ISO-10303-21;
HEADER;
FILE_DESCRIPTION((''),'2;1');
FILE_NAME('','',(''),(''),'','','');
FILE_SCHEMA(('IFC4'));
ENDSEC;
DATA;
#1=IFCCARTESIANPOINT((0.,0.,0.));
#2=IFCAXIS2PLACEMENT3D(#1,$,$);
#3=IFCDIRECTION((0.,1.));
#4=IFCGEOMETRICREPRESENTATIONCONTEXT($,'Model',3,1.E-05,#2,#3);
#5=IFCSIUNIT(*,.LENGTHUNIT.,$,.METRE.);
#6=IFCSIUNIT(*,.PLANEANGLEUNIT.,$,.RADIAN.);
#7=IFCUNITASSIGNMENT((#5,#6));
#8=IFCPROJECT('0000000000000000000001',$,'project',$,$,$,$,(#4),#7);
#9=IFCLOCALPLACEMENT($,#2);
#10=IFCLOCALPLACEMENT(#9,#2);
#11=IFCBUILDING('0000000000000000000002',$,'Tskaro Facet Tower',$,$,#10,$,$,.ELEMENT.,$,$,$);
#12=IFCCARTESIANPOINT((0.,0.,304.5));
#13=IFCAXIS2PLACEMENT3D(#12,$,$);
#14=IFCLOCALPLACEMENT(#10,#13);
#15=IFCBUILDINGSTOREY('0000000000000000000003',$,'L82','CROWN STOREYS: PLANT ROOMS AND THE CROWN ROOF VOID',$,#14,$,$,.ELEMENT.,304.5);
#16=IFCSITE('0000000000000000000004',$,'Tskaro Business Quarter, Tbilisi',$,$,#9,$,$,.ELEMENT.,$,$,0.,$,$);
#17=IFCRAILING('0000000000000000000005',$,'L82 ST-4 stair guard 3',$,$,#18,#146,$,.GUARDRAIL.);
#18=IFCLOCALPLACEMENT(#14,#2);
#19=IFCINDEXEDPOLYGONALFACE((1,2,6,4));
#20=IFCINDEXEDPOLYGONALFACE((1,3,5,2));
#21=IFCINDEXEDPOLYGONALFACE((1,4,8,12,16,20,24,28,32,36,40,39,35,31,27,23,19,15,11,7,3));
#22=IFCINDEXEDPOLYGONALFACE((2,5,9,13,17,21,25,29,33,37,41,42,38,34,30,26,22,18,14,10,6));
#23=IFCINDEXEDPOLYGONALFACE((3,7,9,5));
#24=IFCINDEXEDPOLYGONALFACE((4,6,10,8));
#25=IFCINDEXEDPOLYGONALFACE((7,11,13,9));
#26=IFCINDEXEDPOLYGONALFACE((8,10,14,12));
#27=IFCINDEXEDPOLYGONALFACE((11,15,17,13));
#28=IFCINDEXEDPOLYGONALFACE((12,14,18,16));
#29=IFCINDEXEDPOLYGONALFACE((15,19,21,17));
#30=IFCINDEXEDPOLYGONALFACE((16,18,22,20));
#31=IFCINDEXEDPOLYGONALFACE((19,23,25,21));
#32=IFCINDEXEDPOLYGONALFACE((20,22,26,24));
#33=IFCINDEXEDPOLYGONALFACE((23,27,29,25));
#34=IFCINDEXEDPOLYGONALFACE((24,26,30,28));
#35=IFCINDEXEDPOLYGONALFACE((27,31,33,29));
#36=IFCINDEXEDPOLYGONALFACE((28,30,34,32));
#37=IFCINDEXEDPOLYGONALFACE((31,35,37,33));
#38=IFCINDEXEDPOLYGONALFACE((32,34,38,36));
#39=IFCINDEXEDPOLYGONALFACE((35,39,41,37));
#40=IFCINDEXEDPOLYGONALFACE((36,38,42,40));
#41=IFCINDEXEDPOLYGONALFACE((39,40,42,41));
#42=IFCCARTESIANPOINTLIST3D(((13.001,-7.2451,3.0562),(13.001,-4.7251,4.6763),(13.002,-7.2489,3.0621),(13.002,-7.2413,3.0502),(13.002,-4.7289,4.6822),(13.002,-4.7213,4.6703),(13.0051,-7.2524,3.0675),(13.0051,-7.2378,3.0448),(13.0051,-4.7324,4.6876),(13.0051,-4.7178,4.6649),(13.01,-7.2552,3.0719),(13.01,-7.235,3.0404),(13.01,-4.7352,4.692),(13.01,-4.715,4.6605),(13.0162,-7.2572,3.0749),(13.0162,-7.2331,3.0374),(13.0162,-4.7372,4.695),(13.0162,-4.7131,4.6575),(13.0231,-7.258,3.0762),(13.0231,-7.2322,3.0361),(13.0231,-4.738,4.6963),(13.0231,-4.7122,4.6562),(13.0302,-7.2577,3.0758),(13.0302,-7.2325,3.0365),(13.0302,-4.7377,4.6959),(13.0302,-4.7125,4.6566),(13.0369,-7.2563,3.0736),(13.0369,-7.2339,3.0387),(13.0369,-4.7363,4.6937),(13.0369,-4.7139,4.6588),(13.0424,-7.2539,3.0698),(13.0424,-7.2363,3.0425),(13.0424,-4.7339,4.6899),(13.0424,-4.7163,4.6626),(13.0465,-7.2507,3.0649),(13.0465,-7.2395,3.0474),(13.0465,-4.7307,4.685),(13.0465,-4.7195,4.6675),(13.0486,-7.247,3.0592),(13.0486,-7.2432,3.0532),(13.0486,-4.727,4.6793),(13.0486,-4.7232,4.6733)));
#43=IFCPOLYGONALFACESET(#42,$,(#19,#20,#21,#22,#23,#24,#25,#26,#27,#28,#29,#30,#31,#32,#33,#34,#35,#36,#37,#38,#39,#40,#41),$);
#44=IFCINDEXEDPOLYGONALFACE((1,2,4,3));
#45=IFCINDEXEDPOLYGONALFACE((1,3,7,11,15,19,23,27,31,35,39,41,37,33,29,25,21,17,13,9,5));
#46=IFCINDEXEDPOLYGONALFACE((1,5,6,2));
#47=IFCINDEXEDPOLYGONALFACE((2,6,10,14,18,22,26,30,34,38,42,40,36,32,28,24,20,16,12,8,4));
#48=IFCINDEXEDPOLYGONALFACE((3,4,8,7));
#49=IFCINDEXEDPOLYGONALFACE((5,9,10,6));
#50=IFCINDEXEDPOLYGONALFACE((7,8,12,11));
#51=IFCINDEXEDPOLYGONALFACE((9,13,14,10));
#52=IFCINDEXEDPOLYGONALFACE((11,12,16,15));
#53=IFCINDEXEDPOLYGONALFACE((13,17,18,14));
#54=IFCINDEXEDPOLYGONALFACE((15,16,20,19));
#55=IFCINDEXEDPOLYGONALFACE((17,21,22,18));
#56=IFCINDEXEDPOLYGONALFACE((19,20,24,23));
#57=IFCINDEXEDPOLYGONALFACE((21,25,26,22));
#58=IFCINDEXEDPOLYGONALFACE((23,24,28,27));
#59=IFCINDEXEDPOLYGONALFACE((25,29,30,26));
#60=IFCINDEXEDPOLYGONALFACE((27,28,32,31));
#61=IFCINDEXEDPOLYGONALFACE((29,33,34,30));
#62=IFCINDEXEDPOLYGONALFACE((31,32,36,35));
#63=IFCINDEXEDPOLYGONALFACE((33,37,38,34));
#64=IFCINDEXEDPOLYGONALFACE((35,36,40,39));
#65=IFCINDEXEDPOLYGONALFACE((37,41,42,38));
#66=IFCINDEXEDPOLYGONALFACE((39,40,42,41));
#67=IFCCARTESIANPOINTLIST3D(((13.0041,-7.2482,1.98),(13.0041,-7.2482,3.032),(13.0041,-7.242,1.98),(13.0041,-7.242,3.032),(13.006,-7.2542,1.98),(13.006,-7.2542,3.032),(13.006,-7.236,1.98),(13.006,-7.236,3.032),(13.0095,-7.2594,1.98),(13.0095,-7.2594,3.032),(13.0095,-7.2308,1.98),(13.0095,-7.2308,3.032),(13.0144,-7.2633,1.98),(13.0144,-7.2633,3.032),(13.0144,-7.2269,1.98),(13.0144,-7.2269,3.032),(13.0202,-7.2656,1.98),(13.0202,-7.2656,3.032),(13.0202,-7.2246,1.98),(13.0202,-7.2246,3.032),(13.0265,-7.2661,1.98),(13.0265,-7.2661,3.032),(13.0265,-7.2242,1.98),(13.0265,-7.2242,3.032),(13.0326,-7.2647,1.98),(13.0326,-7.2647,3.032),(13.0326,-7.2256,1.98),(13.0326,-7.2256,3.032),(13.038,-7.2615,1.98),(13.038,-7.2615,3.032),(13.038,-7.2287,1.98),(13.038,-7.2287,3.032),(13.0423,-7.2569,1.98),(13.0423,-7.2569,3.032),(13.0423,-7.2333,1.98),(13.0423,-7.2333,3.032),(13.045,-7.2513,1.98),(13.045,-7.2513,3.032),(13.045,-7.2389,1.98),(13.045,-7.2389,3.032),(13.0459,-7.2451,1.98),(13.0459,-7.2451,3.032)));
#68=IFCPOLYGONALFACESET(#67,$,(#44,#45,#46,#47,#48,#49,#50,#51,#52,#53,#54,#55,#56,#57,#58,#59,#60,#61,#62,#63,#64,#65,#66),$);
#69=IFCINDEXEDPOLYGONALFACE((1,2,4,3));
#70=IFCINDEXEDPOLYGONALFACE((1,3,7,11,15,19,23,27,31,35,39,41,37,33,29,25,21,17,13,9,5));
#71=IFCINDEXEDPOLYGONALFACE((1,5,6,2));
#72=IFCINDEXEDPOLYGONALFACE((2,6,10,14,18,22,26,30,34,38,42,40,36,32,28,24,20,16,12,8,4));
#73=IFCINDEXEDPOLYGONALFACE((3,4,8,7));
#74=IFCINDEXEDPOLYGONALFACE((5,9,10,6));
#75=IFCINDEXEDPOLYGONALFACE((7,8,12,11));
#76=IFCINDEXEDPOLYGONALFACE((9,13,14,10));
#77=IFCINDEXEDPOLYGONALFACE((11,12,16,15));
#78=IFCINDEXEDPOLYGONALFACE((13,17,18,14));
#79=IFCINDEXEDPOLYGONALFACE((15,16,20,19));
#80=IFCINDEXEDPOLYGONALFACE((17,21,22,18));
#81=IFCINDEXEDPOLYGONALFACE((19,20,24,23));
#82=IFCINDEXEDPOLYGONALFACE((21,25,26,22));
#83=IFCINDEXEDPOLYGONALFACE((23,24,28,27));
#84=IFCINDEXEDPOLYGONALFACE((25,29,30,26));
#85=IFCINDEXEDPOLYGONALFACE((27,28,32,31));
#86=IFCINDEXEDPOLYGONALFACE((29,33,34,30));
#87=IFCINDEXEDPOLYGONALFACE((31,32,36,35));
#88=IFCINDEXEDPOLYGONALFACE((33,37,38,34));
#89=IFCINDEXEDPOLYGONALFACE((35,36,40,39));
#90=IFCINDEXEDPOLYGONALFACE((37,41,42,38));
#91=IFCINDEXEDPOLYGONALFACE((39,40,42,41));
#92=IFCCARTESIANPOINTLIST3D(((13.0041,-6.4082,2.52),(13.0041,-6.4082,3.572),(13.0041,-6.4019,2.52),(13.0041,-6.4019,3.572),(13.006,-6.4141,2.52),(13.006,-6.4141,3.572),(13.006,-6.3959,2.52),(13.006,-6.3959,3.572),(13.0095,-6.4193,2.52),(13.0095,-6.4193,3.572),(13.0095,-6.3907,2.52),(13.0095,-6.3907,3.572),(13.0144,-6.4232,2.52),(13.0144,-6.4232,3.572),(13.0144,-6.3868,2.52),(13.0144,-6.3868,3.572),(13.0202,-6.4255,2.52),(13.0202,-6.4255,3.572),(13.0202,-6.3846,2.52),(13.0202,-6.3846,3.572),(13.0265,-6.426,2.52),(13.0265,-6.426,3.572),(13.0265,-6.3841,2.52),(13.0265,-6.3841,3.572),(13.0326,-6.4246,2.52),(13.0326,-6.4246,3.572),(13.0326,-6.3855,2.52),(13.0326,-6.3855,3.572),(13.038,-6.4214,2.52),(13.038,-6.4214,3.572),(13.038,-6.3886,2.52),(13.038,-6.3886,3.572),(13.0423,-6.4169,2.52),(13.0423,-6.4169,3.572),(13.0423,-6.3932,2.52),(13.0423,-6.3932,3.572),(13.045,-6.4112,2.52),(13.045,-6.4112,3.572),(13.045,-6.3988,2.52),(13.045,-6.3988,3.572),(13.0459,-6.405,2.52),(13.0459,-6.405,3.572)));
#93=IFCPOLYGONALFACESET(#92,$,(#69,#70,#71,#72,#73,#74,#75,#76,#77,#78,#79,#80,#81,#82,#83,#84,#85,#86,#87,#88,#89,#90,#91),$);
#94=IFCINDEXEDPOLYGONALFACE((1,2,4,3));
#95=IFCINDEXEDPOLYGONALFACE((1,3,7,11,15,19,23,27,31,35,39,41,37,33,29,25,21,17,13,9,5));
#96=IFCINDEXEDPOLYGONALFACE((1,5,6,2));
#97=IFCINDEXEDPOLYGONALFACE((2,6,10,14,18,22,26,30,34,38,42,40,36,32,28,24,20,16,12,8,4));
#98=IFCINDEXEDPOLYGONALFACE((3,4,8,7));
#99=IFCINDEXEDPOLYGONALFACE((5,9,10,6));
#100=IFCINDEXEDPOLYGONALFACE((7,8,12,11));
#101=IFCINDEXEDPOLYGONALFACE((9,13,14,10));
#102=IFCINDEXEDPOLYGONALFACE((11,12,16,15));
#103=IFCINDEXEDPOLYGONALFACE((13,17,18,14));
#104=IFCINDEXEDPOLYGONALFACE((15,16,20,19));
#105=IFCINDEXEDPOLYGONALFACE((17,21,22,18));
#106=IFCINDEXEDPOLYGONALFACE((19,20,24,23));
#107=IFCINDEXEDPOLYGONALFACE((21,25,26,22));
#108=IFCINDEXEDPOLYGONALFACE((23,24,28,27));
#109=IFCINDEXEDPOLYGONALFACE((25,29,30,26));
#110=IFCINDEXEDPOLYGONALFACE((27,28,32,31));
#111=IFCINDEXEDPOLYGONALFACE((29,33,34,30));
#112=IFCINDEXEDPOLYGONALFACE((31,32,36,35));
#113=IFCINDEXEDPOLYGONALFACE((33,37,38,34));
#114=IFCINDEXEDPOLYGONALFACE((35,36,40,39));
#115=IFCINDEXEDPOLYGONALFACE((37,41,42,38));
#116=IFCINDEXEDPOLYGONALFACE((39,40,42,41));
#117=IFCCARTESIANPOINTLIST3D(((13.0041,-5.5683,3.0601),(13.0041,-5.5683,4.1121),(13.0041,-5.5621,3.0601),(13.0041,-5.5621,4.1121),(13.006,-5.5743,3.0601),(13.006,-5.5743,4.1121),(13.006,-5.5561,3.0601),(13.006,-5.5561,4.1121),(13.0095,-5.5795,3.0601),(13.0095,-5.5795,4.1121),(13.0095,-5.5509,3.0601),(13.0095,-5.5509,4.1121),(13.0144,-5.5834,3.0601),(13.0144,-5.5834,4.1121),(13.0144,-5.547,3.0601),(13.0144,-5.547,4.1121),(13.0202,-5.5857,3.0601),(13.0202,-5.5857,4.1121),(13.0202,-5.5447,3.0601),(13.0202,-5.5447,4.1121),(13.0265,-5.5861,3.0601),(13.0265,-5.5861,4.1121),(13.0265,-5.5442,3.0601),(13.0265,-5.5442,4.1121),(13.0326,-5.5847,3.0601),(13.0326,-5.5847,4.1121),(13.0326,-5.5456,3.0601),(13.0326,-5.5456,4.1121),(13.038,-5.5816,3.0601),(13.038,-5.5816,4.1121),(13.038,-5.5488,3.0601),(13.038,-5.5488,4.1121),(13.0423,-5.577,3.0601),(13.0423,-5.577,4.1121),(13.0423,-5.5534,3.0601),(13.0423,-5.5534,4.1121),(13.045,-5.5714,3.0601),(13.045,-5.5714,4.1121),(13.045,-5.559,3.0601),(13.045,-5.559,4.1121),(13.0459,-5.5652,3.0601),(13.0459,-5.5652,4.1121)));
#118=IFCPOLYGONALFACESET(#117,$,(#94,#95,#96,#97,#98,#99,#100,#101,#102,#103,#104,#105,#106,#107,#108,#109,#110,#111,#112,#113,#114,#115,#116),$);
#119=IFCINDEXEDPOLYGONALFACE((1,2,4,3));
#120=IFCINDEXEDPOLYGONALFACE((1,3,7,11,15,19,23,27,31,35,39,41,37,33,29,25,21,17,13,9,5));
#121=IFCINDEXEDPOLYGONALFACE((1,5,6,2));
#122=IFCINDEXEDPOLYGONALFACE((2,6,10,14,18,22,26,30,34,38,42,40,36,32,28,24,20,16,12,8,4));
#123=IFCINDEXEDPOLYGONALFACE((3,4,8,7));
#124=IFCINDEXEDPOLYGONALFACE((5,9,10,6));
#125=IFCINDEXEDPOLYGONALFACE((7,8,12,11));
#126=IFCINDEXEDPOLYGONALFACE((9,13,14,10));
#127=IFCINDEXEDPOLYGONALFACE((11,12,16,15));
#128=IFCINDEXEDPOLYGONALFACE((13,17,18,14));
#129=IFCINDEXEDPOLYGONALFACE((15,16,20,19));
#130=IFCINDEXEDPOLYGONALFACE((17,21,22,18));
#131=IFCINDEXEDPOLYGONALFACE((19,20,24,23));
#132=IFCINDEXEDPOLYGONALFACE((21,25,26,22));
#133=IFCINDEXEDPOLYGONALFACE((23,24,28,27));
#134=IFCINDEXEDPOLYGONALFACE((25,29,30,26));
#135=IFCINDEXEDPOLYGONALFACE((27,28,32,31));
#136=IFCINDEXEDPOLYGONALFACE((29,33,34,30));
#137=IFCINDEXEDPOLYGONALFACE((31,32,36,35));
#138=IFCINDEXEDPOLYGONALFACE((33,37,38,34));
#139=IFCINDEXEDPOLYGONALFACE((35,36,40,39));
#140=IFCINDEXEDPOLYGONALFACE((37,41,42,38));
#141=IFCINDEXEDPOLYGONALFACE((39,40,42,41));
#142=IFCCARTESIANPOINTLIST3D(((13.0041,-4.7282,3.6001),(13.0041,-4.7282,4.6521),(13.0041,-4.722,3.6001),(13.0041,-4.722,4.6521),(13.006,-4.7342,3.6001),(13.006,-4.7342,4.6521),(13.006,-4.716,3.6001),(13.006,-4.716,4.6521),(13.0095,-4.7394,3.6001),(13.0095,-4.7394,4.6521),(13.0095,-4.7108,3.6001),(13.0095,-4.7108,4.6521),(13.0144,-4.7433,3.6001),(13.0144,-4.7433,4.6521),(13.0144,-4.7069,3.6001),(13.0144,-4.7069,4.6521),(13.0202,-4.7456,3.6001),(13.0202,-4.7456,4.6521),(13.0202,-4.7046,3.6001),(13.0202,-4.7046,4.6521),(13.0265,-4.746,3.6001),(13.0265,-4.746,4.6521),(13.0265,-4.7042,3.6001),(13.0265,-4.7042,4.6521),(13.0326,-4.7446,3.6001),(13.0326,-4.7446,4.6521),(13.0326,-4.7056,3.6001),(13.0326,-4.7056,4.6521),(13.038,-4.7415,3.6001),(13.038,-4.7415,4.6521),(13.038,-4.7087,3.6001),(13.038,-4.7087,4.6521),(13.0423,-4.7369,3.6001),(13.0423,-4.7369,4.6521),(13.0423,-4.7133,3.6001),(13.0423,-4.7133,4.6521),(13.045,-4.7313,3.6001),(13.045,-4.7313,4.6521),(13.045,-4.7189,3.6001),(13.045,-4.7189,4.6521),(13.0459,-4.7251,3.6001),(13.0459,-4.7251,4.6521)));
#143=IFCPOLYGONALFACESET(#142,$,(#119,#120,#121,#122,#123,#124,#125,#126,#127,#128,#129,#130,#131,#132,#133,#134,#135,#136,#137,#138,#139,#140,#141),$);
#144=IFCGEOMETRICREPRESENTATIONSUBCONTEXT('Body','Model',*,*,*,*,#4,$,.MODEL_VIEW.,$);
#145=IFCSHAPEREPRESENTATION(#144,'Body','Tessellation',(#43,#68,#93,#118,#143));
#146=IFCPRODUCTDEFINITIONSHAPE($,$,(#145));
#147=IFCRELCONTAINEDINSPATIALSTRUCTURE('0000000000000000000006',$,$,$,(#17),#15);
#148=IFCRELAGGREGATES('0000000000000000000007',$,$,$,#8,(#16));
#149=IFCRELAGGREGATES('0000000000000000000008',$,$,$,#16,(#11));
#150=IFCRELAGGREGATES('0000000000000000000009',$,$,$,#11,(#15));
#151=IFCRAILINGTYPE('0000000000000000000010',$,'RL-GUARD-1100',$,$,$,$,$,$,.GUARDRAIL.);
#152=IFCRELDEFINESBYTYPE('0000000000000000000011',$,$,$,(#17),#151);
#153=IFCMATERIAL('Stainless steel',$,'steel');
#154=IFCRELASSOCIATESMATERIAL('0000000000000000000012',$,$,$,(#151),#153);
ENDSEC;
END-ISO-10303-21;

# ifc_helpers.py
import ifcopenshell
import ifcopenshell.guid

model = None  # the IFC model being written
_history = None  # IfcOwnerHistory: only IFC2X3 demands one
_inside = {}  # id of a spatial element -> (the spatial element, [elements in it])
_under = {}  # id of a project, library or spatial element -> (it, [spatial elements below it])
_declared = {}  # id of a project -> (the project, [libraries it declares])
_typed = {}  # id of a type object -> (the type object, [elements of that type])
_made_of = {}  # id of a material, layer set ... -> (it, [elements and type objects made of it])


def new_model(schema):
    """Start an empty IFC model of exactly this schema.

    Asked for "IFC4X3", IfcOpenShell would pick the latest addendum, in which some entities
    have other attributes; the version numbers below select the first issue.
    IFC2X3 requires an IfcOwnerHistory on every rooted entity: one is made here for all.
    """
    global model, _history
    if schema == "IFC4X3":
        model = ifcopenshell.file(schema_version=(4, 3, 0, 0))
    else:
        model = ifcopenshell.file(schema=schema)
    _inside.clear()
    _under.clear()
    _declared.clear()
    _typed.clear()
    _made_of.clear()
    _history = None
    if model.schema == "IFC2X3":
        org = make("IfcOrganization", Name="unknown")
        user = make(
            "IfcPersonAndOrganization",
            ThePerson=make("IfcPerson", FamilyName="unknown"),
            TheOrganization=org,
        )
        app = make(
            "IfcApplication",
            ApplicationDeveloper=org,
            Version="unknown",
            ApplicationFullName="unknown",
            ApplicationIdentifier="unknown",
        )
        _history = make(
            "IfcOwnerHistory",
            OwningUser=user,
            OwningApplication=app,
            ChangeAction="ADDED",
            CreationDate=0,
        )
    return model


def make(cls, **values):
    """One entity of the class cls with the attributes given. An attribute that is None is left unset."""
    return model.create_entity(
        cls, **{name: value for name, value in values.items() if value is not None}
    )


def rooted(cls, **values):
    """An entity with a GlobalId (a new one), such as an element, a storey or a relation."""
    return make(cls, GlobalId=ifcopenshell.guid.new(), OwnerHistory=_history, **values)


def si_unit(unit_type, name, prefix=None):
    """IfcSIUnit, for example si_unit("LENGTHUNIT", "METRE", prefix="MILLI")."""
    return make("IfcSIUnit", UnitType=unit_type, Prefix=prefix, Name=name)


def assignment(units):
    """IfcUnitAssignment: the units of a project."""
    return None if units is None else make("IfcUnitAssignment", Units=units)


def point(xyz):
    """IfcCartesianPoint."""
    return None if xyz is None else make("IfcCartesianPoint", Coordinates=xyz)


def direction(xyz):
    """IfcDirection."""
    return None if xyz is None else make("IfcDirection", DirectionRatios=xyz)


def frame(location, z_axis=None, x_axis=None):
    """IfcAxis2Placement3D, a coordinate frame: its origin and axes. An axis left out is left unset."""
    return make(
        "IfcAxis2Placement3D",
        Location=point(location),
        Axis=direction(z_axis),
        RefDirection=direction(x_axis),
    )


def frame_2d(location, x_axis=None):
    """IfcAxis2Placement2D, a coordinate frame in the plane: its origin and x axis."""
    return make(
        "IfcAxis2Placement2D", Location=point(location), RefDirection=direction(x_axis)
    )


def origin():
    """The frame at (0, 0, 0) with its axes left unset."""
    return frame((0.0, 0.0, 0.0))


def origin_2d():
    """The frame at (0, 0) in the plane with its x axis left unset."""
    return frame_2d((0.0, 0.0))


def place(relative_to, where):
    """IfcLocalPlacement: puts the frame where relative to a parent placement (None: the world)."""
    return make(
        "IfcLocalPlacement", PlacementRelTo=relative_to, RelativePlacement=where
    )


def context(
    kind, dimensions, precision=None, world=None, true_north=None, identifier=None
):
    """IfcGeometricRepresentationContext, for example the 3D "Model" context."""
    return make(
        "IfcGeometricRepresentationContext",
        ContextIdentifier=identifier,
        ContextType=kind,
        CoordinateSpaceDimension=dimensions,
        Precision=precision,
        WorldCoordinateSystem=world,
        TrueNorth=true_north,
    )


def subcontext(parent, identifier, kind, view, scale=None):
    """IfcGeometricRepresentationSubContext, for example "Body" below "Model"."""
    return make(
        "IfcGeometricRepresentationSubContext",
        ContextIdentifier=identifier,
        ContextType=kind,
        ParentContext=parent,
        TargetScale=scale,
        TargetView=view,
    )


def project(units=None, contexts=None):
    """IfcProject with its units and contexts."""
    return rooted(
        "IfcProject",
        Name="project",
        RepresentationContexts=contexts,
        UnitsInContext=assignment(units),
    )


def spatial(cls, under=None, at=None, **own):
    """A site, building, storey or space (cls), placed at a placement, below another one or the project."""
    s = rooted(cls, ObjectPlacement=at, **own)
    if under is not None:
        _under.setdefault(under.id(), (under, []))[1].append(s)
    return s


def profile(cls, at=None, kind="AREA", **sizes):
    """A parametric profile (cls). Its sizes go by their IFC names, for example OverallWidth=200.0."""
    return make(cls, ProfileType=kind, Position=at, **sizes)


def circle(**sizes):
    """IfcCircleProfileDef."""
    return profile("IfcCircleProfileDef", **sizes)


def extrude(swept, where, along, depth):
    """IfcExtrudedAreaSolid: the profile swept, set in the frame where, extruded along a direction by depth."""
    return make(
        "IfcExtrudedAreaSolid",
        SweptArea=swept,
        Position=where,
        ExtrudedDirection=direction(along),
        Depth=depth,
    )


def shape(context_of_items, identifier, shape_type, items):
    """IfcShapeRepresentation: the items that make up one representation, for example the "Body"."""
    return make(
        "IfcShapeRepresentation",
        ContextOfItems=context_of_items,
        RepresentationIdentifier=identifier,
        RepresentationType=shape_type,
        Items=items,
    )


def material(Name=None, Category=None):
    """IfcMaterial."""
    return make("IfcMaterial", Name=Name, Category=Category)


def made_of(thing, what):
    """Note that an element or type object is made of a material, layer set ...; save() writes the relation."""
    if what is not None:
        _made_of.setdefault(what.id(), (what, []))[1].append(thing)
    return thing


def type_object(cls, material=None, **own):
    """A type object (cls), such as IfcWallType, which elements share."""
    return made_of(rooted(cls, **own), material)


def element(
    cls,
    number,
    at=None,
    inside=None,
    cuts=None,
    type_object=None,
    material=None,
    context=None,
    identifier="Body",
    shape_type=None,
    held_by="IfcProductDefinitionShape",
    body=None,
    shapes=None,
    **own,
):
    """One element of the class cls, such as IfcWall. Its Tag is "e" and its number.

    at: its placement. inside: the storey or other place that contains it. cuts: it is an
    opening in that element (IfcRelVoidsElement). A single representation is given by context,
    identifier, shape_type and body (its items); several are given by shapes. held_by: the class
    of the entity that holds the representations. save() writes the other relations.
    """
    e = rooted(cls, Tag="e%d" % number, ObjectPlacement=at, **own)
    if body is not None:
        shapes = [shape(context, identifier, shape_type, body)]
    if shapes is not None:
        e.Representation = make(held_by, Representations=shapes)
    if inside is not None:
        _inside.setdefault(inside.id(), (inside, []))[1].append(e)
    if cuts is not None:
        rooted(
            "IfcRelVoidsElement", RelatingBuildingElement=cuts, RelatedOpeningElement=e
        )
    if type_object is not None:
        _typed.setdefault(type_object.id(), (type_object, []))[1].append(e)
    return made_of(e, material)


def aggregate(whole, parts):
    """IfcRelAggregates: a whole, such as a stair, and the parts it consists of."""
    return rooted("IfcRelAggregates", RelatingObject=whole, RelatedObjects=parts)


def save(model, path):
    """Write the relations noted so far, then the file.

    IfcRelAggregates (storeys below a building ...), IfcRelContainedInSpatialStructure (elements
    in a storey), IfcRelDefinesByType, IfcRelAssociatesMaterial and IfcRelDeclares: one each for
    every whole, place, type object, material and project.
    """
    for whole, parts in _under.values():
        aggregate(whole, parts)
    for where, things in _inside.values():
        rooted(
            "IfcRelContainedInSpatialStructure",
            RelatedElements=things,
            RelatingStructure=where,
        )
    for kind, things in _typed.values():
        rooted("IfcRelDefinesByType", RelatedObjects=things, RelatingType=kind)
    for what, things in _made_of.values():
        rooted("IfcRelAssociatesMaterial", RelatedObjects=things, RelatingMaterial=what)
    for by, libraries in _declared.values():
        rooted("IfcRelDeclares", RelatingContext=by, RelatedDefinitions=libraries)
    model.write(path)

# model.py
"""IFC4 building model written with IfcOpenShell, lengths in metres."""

from ifc_helpers import new_model, si_unit, direction, frame, origin, origin_2d, place, context, subcontext, project, spatial, circle, extrude, material, type_object, element, save


model = new_model("IFC4")

# Units and contexts
model_context = context("Model", 3, precision=1e-05, world=origin(), true_north=direction((0.0, 1.0)))
body_context = subcontext(model_context, "Body", "Model", "MODEL_VIEW")
ifc_project = project(units=[si_unit("LENGTHUNIT", "METRE"), si_unit("PLANEANGLEUNIT", "RADIAN")], contexts=[model_context])

# Site, building, storey
site_placement = place(None, origin())
site = spatial("IfcSite", under=ifc_project, at=site_placement, Name="Tskaro Business Quarter, Tbilisi", CompositionType="ELEMENT", RefElevation=0.0)
building_placement = place(site_placement, origin())
building = spatial("IfcBuilding", under=site, at=building_placement, Name="Tskaro Facet Tower", CompositionType="ELEMENT")
storey_placement = place(building_placement, frame((0.0, 0.0, 304.5)))
storey = spatial("IfcBuildingStorey", under=building, at=storey_placement, Name="L82", Description="CROWN STOREYS: PLANT ROOMS AND THE CROWN ROOF VOID", CompositionType="ELEMENT", Elevation=304.5)

# Railing
ifc_material_1 = material(Name="Stainless steel", Category="steel")
railing_type_1 = type_object("IfcRailingType", Name="RL-GUARD-1100", PredefinedType="GUARDRAIL", material=ifc_material_1)
railing_1_placement = place(storey_placement, frame((13.0249, -7.2451, 1.98)))
element("IfcRailing", 1, at=railing_1_placement, inside=storey, type_object=railing_type_1, Name="L82 ST-4 stair guard 3", PredefinedType="GUARDRAIL", context=body_context, shape_type="SweptSolid", body=[
    extrude(circle(Radius=0.0239, at=origin_2d()), frame((0.0, 0.0, 1.0762), z_axis=(0.0, 0.841163, 0.540782), x_axis=(-1.0, 0.0, 0.0)), (0.0, 0.0, 1.0), 2.9958),
    extrude(circle(Radius=0.021, at=origin_2d()), origin(), (0.0, 0.0, 1.0), 1.052),
    extrude(circle(Radius=0.021, at=origin_2d()), frame((0.0, 0.8401, 0.54)), (0.0, 0.0, 1.0), 1.052),
    extrude(circle(Radius=0.021, at=origin_2d()), frame((0.0, 1.6799, 1.0801)), (0.0, 0.0, 1.0), 1.052),
    extrude(circle(Radius=0.021, at=origin_2d()), frame((0.0, 2.52, 1.6201)), (0.0, 0.0, 1.0), 1.052),
])

save(model, "model.ifc")
